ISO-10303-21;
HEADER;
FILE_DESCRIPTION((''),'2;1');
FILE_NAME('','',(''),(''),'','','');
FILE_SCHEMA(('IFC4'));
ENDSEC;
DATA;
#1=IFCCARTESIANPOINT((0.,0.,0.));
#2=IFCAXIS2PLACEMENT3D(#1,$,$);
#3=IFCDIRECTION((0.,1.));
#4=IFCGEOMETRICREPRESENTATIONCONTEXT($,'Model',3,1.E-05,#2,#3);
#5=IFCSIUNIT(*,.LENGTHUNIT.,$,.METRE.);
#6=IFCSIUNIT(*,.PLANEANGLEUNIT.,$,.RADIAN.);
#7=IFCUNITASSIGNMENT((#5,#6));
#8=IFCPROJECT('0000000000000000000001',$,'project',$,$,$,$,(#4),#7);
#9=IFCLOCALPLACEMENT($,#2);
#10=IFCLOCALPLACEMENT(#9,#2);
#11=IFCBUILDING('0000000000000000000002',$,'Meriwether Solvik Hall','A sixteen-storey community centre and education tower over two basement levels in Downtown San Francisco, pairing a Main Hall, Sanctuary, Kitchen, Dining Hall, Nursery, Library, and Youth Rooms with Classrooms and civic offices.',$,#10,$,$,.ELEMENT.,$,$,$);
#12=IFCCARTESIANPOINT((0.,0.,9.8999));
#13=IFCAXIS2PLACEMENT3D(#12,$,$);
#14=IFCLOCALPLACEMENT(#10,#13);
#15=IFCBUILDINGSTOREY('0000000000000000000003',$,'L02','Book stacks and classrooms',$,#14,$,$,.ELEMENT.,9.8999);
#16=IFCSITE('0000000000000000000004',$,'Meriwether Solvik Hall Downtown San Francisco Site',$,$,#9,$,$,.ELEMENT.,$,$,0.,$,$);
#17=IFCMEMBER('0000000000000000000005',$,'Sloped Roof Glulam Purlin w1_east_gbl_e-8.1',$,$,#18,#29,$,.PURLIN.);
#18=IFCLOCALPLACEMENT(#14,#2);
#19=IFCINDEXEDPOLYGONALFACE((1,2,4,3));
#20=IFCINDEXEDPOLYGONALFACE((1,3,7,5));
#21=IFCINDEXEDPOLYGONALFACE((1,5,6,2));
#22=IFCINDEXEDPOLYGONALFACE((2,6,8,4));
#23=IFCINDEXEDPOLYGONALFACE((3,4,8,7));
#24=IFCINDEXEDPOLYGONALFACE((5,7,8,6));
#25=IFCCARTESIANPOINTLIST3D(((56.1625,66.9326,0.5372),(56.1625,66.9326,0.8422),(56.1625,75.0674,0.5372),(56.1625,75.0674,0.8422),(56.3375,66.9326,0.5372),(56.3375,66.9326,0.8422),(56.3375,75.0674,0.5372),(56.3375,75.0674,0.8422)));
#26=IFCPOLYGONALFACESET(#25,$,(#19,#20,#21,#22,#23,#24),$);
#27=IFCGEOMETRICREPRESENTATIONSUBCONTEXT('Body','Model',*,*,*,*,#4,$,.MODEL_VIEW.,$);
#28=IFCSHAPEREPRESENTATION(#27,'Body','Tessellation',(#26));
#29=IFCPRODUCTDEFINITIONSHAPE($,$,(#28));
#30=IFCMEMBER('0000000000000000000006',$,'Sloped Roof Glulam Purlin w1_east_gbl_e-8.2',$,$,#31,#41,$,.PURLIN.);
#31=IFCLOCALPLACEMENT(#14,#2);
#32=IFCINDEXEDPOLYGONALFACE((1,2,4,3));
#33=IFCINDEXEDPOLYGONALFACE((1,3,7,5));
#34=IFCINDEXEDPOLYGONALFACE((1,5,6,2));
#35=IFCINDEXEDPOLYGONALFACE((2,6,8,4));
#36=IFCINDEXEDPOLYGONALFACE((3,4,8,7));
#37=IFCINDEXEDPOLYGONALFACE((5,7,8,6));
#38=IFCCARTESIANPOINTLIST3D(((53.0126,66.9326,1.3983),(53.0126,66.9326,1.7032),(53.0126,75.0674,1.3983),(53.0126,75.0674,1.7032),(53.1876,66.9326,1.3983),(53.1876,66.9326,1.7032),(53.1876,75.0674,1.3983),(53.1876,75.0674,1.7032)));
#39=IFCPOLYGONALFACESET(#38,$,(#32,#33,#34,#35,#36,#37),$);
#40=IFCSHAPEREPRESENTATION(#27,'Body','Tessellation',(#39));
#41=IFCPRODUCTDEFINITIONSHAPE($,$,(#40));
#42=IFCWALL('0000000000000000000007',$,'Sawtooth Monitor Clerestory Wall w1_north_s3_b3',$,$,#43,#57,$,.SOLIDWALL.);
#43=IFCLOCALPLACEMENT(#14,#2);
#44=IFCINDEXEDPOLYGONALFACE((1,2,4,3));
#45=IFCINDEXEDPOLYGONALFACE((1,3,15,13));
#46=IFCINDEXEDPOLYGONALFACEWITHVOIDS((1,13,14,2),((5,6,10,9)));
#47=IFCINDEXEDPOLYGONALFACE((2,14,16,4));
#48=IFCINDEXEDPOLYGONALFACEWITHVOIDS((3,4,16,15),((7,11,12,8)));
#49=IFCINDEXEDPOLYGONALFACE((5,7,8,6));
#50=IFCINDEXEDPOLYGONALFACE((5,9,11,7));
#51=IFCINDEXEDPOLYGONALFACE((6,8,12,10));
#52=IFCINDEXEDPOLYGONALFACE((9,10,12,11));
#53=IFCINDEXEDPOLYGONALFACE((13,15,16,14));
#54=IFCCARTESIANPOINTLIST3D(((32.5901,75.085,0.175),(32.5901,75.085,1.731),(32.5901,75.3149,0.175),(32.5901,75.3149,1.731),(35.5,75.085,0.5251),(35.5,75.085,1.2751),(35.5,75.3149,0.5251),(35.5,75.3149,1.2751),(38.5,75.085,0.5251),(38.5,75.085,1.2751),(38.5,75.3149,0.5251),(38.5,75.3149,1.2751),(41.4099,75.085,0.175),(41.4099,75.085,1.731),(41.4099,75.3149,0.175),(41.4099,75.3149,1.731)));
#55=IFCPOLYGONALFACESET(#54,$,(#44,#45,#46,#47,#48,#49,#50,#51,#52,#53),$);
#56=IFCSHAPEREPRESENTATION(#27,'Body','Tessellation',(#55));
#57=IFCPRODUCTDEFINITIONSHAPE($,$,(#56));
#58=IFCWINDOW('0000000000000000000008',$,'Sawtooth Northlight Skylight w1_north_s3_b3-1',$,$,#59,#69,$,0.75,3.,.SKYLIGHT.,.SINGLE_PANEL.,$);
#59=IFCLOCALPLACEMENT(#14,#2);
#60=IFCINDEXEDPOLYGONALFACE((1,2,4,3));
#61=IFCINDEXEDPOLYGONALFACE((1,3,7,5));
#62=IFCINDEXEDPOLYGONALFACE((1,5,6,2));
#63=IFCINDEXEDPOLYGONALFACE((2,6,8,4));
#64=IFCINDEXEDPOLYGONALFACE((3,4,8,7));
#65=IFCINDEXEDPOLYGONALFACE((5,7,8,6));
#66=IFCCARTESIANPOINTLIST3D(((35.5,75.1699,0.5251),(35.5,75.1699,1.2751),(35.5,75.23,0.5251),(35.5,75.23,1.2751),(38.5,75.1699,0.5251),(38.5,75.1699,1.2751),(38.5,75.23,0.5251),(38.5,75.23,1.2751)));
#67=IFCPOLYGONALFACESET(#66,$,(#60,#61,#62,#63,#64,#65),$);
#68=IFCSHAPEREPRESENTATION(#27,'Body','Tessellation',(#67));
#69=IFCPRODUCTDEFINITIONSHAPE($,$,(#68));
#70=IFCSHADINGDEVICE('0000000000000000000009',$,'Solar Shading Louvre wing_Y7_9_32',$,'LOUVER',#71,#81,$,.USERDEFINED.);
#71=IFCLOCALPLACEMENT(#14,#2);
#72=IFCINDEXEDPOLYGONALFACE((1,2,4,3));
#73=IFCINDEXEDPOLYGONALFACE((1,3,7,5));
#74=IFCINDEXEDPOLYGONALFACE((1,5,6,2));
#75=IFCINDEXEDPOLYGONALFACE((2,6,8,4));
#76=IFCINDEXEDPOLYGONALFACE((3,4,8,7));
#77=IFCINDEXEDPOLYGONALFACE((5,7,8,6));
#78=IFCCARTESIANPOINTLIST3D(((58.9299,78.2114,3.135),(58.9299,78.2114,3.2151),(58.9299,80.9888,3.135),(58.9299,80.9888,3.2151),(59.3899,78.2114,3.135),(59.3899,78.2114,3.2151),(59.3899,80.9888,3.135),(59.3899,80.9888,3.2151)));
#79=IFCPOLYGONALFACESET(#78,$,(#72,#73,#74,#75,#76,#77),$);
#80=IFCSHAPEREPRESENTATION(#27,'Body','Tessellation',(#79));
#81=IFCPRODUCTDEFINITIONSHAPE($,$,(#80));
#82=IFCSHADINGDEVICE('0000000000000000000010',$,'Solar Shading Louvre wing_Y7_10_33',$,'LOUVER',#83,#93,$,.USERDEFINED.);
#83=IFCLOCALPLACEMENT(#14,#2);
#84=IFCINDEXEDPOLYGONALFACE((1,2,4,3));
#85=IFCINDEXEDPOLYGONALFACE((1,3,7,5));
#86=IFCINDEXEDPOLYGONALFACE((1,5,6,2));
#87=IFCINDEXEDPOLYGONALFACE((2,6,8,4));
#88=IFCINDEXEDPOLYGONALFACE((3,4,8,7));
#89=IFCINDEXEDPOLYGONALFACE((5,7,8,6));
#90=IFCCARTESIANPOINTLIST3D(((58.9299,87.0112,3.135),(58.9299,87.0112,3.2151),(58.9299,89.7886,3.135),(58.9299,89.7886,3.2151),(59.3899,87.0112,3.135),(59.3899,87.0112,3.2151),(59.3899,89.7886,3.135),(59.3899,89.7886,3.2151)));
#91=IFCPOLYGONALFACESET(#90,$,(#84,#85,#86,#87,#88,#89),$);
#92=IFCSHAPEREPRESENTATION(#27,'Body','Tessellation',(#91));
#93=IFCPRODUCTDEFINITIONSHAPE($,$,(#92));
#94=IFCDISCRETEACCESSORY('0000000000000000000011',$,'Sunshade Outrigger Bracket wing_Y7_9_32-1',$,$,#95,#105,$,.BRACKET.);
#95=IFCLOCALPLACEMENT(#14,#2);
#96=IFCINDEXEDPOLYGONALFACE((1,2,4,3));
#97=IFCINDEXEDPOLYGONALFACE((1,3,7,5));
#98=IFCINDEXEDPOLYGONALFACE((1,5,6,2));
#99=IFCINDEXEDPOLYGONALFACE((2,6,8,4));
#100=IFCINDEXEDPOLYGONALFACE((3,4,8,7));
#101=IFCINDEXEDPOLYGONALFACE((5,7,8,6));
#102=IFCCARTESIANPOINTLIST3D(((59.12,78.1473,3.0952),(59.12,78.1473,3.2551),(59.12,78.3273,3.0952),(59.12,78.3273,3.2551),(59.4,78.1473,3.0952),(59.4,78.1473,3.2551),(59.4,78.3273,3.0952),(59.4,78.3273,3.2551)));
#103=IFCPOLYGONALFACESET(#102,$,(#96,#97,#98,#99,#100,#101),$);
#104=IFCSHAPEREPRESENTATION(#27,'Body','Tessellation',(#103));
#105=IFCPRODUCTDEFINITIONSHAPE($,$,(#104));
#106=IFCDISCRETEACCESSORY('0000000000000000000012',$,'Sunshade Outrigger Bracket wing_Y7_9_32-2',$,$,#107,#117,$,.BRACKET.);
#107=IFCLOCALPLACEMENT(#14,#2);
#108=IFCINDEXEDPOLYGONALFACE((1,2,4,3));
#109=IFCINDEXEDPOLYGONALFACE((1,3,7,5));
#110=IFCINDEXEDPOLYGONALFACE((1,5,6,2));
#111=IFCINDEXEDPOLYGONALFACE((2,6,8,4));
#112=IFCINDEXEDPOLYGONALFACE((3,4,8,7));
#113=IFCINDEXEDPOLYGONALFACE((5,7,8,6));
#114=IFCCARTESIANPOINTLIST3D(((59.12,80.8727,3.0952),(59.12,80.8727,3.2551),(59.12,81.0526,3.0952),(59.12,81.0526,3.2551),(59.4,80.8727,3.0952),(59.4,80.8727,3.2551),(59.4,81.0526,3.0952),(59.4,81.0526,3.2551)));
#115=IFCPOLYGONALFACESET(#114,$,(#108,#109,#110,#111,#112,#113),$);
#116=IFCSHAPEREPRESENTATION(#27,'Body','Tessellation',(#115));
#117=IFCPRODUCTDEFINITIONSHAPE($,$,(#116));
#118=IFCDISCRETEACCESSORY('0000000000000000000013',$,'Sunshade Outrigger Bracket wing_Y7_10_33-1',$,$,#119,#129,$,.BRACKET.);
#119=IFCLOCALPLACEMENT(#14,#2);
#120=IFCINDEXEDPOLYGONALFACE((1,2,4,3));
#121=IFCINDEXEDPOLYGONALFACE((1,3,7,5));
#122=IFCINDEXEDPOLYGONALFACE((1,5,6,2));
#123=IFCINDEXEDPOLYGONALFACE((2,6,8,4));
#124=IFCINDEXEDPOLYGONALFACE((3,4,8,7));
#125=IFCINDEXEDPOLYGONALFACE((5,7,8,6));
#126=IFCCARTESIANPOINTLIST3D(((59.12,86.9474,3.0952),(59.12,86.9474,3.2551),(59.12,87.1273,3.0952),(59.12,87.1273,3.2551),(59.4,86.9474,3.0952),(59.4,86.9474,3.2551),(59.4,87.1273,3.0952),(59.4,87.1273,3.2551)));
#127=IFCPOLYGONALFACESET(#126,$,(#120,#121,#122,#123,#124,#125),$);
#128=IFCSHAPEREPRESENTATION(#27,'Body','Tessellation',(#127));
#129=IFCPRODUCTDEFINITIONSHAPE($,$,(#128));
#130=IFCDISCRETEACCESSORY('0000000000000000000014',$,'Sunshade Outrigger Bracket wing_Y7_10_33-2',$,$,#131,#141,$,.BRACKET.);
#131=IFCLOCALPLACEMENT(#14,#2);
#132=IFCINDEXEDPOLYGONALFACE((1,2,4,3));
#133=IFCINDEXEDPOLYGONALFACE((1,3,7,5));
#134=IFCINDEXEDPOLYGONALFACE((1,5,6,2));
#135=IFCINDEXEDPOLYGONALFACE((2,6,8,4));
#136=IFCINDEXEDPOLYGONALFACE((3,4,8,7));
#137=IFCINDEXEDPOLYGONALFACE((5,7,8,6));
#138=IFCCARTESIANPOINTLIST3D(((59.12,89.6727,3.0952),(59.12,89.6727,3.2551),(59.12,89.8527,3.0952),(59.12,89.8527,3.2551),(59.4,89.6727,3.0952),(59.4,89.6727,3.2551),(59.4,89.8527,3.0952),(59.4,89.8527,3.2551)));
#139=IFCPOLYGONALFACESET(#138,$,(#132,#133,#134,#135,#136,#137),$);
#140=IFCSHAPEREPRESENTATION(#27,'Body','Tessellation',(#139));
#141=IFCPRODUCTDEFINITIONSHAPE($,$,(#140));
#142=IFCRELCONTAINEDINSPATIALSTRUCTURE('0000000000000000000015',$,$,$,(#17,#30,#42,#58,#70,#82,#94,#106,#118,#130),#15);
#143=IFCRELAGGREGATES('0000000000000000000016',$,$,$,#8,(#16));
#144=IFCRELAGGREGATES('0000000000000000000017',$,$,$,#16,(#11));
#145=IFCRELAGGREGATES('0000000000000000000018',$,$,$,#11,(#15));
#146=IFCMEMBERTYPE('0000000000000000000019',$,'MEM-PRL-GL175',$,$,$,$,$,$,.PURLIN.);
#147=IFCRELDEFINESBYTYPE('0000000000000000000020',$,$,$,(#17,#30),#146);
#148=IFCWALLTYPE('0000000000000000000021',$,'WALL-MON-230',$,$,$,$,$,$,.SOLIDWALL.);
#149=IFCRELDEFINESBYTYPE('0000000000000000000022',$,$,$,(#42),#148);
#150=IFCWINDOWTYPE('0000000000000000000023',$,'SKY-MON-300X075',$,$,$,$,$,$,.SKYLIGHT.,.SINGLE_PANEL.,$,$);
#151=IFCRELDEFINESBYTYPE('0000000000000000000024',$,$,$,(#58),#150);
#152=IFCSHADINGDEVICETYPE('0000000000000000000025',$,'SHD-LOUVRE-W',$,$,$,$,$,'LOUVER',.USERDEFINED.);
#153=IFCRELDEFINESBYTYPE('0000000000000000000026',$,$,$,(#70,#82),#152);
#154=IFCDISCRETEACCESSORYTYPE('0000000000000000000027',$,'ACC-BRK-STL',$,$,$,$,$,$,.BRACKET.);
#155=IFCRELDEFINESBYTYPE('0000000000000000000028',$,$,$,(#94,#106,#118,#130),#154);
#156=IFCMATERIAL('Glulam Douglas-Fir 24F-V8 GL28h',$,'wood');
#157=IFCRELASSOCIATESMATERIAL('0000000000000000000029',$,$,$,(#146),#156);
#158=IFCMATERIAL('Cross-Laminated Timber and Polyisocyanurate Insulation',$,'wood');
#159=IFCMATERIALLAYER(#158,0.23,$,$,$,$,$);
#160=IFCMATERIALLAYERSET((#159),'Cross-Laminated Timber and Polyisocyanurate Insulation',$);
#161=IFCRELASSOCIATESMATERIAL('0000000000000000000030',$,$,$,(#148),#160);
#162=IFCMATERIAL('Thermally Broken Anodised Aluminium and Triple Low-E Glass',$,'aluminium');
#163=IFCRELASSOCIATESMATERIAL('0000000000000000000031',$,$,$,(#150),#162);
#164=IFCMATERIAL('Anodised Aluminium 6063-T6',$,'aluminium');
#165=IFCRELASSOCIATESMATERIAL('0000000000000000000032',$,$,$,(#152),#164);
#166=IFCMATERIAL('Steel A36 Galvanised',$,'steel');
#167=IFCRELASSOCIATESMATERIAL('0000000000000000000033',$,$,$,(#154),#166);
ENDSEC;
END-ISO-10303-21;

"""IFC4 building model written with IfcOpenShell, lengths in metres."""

from ifc_helpers import new_model, si_unit, direction, frame, frame_2d, origin, origin_2d, place, context, subcontext, project, spatial, rectangle, extrude, material, layer, layer_set, material_profile, profile_set, type_object, element, fill, save


model = new_model("IFC4")

# Units and contexts
model_context = context("Model", 3, precision=1e-05, world=origin(), true_north=direction((0.0, 1.0)))
body_context = subcontext(model_context, "Body", "Model", "MODEL_VIEW")
ifc_project = project(units=[si_unit("LENGTHUNIT", "METRE"), si_unit("PLANEANGLEUNIT", "RADIAN")], contexts=[model_context])

# Site, building, storey
site_placement = place(None, origin())
site = spatial("IfcSite", under=ifc_project, at=site_placement, Name="Meriwether Solvik Hall Downtown San Francisco Site", CompositionType="ELEMENT", RefElevation=0.0)
building_placement = place(site_placement, origin())
building = spatial("IfcBuilding", under=site, at=building_placement, Name="Meriwether Solvik Hall", Description="A sixteen-storey community centre and education tower over two basement levels in Downtown San Francisco, pairing a Main Hall, Sanctuary, Kitchen, Dining Hall, Nursery, Library, and Youth Rooms with Classrooms and civic offices.", CompositionType="ELEMENT")
storey_placement = place(building_placement, frame((0.0, 0.0, 9.8999)))
storey = spatial("IfcBuildingStorey", under=building, at=storey_placement, Name="L02", Description="Book stacks and classrooms", CompositionType="ELEMENT", Elevation=9.8999)

# Members
ifc_material_1 = material(Name="Glulam Douglas-Fir 24F-V8 GL28h", Category="wood")
ifc_material_profile_1 = material_profile(ifc_material_1, rectangle(XDim=0.175, YDim=0.3049, at=origin_2d()), Name="GLM-175X305")
ifc_profile_set_1 = profile_set([ifc_material_profile_1], Name="Glulam Douglas-Fir 24F-V8 GL28h")
member_type = type_object("IfcMemberType", Name="MEM-PRL-GL175", PredefinedType="PURLIN", material=ifc_profile_set_1)
for number, where, z_axis, x_axis, name in (
    (1, (56.25, 66.9326, 0.6897), (0.0, 1.0, 0.0), (-1.0, 0.0, 0.0), "Sloped Roof Glulam Purlin w1_east_gbl_e-8.1"),
    (2, (53.1001, 66.9326, 1.5508), (0.0, 1.0, 0.0), (-1.0, 0.0, 0.0), "Sloped Roof Glulam Purlin w1_east_gbl_e-8.2"),
):
    element("IfcMember", number, at=place(storey_placement, frame(where, z_axis=z_axis, x_axis=x_axis)), inside=storey, type_object=member_type, Name=name, PredefinedType="PURLIN", context=body_context, shape_type="SweptSolid", body=[
        extrude(rectangle(XDim=0.175, YDim=0.3049, at=origin_2d()), origin(), (0.0, 0.0, 1.0), 8.1348),
    ])

# Wall, opening, window
ifc_material_2 = material(Name="Cross-Laminated Timber and Polyisocyanurate Insulation", Category="wood")
ifc_layer = layer(ifc_material_2, 0.23)
ifc_layer_set = layer_set([ifc_layer], Name="Cross-Laminated Timber and Polyisocyanurate Insulation")
wall_type = type_object("IfcWallType", Name="WALL-MON-230", PredefinedType="SOLIDWALL", material=ifc_layer_set)
wall_placement = place(storey_placement, frame((41.4099, 75.2, 0.175), z_axis=(0.0, 0.0, 1.0), x_axis=(-1.0, 0.0, 0.0)))
wall = element("IfcWall", 3, at=wall_placement, inside=storey, type_object=wall_type, Name="Sawtooth Monitor Clerestory Wall w1_north_s3_b3", PredefinedType="SOLIDWALL", context=body_context, shape_type="SweptSolid", body=[
    extrude(rectangle(XDim=8.8198, YDim=0.23, at=frame_2d((4.4099, 0.0))), origin(), (0.0, 0.0, 1.0), 1.5559),
])
opening_placement = place(wall_placement, frame((2.9099, 0.0, 0.3501)))
opening = element("IfcOpeningElement", 4, at=opening_placement, cuts=wall, PredefinedType="OPENING", context=body_context, shape_type="SweptSolid", body=[
    extrude(rectangle(XDim=3.0, YDim=0.75, at=frame_2d((1.5, 0.375))), frame((0.0, 0.127, 0.0), z_axis=(0.0, -1.0, 0.0), x_axis=(1.0, 0.0, 0.0)), (0.0, 0.0, 1.0), 0.2539),
])
ifc_material_3 = material(Name="Thermally Broken Anodised Aluminium and Triple Low-E Glass", Category="aluminium")
window_type = type_object("IfcWindowType", Name="SKY-MON-300X075", PartitioningType="SINGLE_PANEL", PredefinedType="SKYLIGHT", material=ifc_material_3)
window_placement = place(opening_placement, origin())
window = element("IfcWindow", 5, at=window_placement, inside=storey, type_object=window_type, Name="Sawtooth Northlight Skylight w1_north_s3_b3-1", OverallHeight=0.75, OverallWidth=3.0, PartitioningType="SINGLE_PANEL", PredefinedType="SKYLIGHT", context=body_context, shape_type="SweptSolid", body=[
    extrude(rectangle(XDim=3.0, YDim=0.75, at=frame_2d((1.5, 0.375))), frame((0.0, 0.03, 0.0), z_axis=(0.0, -1.0, 0.0), x_axis=(1.0, 0.0, 0.0)), (0.0, 0.0, 1.0), 0.0601),
])
fill(opening, window)

# Shading devices
ifc_material_4 = material(Name="Anodised Aluminium 6063-T6", Category="aluminium")
shading_device_type = type_object("IfcShadingDeviceType", Name="SHD-LOUVRE-W", ElementType="LOUVER", PredefinedType="USERDEFINED", material=ifc_material_4)
for number, where, z_axis, x_axis, name in (
    (6, (59.1599, 79.6001, 3.135), (0.0, 0.0, 1.0), (0.0, 1.0, 0.0), "Solar Shading Louvre wing_Y7_9_32"),
    (7, (59.1599, 88.3999, 3.135), (0.0, 0.0, 1.0), (0.0, 1.0, 0.0), "Solar Shading Louvre wing_Y7_10_33"),
):
    element("IfcShadingDevice", number, at=place(storey_placement, frame(where, z_axis=z_axis, x_axis=x_axis)), inside=storey, type_object=shading_device_type, Name=name, ObjectType="LOUVER", PredefinedType="USERDEFINED", context=body_context, shape_type="SweptSolid", body=[
        extrude(rectangle(XDim=2.7773, YDim=0.46, at=origin_2d()), origin(), (0.0, 0.0, 1.0), 0.0801),
    ])

# Discrete accessories
ifc_material_5 = material(Name="Steel A36 Galvanised", Category="steel")
discrete_accessory_type = type_object("IfcDiscreteAccessoryType", Name="ACC-BRK-STL", PredefinedType="BRACKET", material=ifc_material_5)
for number, where, z_axis, x_axis, name in (
    (8, (59.26, 78.2373, 3.0952), (0.0, 0.0, 1.0), (0.0, 1.0, 0.0), "Sunshade Outrigger Bracket wing_Y7_9_32-1"),
    (9, (59.26, 80.9626, 3.0952), (0.0, 0.0, 1.0), (0.0, 1.0, 0.0), "Sunshade Outrigger Bracket wing_Y7_9_32-2"),
    (10, (59.26, 87.0374, 3.0952), (0.0, 0.0, 1.0), (0.0, 1.0, 0.0), "Sunshade Outrigger Bracket wing_Y7_10_33-1"),
    (11, (59.26, 89.7627, 3.0952), (0.0, 0.0, 1.0), (0.0, 1.0, 0.0), "Sunshade Outrigger Bracket wing_Y7_10_33-2"),
):
    element("IfcDiscreteAccessory", number, at=place(storey_placement, frame(where, z_axis=z_axis, x_axis=x_axis)), inside=storey, type_object=discrete_accessory_type, Name=name, PredefinedType="BRACKET", context=body_context, shape_type="SweptSolid", body=[
        extrude(rectangle(XDim=0.1799, YDim=0.28, at=origin_2d()), origin(), (0.0, 0.0, 1.0), 0.1599),
    ])

save(model, "model.ifc")
